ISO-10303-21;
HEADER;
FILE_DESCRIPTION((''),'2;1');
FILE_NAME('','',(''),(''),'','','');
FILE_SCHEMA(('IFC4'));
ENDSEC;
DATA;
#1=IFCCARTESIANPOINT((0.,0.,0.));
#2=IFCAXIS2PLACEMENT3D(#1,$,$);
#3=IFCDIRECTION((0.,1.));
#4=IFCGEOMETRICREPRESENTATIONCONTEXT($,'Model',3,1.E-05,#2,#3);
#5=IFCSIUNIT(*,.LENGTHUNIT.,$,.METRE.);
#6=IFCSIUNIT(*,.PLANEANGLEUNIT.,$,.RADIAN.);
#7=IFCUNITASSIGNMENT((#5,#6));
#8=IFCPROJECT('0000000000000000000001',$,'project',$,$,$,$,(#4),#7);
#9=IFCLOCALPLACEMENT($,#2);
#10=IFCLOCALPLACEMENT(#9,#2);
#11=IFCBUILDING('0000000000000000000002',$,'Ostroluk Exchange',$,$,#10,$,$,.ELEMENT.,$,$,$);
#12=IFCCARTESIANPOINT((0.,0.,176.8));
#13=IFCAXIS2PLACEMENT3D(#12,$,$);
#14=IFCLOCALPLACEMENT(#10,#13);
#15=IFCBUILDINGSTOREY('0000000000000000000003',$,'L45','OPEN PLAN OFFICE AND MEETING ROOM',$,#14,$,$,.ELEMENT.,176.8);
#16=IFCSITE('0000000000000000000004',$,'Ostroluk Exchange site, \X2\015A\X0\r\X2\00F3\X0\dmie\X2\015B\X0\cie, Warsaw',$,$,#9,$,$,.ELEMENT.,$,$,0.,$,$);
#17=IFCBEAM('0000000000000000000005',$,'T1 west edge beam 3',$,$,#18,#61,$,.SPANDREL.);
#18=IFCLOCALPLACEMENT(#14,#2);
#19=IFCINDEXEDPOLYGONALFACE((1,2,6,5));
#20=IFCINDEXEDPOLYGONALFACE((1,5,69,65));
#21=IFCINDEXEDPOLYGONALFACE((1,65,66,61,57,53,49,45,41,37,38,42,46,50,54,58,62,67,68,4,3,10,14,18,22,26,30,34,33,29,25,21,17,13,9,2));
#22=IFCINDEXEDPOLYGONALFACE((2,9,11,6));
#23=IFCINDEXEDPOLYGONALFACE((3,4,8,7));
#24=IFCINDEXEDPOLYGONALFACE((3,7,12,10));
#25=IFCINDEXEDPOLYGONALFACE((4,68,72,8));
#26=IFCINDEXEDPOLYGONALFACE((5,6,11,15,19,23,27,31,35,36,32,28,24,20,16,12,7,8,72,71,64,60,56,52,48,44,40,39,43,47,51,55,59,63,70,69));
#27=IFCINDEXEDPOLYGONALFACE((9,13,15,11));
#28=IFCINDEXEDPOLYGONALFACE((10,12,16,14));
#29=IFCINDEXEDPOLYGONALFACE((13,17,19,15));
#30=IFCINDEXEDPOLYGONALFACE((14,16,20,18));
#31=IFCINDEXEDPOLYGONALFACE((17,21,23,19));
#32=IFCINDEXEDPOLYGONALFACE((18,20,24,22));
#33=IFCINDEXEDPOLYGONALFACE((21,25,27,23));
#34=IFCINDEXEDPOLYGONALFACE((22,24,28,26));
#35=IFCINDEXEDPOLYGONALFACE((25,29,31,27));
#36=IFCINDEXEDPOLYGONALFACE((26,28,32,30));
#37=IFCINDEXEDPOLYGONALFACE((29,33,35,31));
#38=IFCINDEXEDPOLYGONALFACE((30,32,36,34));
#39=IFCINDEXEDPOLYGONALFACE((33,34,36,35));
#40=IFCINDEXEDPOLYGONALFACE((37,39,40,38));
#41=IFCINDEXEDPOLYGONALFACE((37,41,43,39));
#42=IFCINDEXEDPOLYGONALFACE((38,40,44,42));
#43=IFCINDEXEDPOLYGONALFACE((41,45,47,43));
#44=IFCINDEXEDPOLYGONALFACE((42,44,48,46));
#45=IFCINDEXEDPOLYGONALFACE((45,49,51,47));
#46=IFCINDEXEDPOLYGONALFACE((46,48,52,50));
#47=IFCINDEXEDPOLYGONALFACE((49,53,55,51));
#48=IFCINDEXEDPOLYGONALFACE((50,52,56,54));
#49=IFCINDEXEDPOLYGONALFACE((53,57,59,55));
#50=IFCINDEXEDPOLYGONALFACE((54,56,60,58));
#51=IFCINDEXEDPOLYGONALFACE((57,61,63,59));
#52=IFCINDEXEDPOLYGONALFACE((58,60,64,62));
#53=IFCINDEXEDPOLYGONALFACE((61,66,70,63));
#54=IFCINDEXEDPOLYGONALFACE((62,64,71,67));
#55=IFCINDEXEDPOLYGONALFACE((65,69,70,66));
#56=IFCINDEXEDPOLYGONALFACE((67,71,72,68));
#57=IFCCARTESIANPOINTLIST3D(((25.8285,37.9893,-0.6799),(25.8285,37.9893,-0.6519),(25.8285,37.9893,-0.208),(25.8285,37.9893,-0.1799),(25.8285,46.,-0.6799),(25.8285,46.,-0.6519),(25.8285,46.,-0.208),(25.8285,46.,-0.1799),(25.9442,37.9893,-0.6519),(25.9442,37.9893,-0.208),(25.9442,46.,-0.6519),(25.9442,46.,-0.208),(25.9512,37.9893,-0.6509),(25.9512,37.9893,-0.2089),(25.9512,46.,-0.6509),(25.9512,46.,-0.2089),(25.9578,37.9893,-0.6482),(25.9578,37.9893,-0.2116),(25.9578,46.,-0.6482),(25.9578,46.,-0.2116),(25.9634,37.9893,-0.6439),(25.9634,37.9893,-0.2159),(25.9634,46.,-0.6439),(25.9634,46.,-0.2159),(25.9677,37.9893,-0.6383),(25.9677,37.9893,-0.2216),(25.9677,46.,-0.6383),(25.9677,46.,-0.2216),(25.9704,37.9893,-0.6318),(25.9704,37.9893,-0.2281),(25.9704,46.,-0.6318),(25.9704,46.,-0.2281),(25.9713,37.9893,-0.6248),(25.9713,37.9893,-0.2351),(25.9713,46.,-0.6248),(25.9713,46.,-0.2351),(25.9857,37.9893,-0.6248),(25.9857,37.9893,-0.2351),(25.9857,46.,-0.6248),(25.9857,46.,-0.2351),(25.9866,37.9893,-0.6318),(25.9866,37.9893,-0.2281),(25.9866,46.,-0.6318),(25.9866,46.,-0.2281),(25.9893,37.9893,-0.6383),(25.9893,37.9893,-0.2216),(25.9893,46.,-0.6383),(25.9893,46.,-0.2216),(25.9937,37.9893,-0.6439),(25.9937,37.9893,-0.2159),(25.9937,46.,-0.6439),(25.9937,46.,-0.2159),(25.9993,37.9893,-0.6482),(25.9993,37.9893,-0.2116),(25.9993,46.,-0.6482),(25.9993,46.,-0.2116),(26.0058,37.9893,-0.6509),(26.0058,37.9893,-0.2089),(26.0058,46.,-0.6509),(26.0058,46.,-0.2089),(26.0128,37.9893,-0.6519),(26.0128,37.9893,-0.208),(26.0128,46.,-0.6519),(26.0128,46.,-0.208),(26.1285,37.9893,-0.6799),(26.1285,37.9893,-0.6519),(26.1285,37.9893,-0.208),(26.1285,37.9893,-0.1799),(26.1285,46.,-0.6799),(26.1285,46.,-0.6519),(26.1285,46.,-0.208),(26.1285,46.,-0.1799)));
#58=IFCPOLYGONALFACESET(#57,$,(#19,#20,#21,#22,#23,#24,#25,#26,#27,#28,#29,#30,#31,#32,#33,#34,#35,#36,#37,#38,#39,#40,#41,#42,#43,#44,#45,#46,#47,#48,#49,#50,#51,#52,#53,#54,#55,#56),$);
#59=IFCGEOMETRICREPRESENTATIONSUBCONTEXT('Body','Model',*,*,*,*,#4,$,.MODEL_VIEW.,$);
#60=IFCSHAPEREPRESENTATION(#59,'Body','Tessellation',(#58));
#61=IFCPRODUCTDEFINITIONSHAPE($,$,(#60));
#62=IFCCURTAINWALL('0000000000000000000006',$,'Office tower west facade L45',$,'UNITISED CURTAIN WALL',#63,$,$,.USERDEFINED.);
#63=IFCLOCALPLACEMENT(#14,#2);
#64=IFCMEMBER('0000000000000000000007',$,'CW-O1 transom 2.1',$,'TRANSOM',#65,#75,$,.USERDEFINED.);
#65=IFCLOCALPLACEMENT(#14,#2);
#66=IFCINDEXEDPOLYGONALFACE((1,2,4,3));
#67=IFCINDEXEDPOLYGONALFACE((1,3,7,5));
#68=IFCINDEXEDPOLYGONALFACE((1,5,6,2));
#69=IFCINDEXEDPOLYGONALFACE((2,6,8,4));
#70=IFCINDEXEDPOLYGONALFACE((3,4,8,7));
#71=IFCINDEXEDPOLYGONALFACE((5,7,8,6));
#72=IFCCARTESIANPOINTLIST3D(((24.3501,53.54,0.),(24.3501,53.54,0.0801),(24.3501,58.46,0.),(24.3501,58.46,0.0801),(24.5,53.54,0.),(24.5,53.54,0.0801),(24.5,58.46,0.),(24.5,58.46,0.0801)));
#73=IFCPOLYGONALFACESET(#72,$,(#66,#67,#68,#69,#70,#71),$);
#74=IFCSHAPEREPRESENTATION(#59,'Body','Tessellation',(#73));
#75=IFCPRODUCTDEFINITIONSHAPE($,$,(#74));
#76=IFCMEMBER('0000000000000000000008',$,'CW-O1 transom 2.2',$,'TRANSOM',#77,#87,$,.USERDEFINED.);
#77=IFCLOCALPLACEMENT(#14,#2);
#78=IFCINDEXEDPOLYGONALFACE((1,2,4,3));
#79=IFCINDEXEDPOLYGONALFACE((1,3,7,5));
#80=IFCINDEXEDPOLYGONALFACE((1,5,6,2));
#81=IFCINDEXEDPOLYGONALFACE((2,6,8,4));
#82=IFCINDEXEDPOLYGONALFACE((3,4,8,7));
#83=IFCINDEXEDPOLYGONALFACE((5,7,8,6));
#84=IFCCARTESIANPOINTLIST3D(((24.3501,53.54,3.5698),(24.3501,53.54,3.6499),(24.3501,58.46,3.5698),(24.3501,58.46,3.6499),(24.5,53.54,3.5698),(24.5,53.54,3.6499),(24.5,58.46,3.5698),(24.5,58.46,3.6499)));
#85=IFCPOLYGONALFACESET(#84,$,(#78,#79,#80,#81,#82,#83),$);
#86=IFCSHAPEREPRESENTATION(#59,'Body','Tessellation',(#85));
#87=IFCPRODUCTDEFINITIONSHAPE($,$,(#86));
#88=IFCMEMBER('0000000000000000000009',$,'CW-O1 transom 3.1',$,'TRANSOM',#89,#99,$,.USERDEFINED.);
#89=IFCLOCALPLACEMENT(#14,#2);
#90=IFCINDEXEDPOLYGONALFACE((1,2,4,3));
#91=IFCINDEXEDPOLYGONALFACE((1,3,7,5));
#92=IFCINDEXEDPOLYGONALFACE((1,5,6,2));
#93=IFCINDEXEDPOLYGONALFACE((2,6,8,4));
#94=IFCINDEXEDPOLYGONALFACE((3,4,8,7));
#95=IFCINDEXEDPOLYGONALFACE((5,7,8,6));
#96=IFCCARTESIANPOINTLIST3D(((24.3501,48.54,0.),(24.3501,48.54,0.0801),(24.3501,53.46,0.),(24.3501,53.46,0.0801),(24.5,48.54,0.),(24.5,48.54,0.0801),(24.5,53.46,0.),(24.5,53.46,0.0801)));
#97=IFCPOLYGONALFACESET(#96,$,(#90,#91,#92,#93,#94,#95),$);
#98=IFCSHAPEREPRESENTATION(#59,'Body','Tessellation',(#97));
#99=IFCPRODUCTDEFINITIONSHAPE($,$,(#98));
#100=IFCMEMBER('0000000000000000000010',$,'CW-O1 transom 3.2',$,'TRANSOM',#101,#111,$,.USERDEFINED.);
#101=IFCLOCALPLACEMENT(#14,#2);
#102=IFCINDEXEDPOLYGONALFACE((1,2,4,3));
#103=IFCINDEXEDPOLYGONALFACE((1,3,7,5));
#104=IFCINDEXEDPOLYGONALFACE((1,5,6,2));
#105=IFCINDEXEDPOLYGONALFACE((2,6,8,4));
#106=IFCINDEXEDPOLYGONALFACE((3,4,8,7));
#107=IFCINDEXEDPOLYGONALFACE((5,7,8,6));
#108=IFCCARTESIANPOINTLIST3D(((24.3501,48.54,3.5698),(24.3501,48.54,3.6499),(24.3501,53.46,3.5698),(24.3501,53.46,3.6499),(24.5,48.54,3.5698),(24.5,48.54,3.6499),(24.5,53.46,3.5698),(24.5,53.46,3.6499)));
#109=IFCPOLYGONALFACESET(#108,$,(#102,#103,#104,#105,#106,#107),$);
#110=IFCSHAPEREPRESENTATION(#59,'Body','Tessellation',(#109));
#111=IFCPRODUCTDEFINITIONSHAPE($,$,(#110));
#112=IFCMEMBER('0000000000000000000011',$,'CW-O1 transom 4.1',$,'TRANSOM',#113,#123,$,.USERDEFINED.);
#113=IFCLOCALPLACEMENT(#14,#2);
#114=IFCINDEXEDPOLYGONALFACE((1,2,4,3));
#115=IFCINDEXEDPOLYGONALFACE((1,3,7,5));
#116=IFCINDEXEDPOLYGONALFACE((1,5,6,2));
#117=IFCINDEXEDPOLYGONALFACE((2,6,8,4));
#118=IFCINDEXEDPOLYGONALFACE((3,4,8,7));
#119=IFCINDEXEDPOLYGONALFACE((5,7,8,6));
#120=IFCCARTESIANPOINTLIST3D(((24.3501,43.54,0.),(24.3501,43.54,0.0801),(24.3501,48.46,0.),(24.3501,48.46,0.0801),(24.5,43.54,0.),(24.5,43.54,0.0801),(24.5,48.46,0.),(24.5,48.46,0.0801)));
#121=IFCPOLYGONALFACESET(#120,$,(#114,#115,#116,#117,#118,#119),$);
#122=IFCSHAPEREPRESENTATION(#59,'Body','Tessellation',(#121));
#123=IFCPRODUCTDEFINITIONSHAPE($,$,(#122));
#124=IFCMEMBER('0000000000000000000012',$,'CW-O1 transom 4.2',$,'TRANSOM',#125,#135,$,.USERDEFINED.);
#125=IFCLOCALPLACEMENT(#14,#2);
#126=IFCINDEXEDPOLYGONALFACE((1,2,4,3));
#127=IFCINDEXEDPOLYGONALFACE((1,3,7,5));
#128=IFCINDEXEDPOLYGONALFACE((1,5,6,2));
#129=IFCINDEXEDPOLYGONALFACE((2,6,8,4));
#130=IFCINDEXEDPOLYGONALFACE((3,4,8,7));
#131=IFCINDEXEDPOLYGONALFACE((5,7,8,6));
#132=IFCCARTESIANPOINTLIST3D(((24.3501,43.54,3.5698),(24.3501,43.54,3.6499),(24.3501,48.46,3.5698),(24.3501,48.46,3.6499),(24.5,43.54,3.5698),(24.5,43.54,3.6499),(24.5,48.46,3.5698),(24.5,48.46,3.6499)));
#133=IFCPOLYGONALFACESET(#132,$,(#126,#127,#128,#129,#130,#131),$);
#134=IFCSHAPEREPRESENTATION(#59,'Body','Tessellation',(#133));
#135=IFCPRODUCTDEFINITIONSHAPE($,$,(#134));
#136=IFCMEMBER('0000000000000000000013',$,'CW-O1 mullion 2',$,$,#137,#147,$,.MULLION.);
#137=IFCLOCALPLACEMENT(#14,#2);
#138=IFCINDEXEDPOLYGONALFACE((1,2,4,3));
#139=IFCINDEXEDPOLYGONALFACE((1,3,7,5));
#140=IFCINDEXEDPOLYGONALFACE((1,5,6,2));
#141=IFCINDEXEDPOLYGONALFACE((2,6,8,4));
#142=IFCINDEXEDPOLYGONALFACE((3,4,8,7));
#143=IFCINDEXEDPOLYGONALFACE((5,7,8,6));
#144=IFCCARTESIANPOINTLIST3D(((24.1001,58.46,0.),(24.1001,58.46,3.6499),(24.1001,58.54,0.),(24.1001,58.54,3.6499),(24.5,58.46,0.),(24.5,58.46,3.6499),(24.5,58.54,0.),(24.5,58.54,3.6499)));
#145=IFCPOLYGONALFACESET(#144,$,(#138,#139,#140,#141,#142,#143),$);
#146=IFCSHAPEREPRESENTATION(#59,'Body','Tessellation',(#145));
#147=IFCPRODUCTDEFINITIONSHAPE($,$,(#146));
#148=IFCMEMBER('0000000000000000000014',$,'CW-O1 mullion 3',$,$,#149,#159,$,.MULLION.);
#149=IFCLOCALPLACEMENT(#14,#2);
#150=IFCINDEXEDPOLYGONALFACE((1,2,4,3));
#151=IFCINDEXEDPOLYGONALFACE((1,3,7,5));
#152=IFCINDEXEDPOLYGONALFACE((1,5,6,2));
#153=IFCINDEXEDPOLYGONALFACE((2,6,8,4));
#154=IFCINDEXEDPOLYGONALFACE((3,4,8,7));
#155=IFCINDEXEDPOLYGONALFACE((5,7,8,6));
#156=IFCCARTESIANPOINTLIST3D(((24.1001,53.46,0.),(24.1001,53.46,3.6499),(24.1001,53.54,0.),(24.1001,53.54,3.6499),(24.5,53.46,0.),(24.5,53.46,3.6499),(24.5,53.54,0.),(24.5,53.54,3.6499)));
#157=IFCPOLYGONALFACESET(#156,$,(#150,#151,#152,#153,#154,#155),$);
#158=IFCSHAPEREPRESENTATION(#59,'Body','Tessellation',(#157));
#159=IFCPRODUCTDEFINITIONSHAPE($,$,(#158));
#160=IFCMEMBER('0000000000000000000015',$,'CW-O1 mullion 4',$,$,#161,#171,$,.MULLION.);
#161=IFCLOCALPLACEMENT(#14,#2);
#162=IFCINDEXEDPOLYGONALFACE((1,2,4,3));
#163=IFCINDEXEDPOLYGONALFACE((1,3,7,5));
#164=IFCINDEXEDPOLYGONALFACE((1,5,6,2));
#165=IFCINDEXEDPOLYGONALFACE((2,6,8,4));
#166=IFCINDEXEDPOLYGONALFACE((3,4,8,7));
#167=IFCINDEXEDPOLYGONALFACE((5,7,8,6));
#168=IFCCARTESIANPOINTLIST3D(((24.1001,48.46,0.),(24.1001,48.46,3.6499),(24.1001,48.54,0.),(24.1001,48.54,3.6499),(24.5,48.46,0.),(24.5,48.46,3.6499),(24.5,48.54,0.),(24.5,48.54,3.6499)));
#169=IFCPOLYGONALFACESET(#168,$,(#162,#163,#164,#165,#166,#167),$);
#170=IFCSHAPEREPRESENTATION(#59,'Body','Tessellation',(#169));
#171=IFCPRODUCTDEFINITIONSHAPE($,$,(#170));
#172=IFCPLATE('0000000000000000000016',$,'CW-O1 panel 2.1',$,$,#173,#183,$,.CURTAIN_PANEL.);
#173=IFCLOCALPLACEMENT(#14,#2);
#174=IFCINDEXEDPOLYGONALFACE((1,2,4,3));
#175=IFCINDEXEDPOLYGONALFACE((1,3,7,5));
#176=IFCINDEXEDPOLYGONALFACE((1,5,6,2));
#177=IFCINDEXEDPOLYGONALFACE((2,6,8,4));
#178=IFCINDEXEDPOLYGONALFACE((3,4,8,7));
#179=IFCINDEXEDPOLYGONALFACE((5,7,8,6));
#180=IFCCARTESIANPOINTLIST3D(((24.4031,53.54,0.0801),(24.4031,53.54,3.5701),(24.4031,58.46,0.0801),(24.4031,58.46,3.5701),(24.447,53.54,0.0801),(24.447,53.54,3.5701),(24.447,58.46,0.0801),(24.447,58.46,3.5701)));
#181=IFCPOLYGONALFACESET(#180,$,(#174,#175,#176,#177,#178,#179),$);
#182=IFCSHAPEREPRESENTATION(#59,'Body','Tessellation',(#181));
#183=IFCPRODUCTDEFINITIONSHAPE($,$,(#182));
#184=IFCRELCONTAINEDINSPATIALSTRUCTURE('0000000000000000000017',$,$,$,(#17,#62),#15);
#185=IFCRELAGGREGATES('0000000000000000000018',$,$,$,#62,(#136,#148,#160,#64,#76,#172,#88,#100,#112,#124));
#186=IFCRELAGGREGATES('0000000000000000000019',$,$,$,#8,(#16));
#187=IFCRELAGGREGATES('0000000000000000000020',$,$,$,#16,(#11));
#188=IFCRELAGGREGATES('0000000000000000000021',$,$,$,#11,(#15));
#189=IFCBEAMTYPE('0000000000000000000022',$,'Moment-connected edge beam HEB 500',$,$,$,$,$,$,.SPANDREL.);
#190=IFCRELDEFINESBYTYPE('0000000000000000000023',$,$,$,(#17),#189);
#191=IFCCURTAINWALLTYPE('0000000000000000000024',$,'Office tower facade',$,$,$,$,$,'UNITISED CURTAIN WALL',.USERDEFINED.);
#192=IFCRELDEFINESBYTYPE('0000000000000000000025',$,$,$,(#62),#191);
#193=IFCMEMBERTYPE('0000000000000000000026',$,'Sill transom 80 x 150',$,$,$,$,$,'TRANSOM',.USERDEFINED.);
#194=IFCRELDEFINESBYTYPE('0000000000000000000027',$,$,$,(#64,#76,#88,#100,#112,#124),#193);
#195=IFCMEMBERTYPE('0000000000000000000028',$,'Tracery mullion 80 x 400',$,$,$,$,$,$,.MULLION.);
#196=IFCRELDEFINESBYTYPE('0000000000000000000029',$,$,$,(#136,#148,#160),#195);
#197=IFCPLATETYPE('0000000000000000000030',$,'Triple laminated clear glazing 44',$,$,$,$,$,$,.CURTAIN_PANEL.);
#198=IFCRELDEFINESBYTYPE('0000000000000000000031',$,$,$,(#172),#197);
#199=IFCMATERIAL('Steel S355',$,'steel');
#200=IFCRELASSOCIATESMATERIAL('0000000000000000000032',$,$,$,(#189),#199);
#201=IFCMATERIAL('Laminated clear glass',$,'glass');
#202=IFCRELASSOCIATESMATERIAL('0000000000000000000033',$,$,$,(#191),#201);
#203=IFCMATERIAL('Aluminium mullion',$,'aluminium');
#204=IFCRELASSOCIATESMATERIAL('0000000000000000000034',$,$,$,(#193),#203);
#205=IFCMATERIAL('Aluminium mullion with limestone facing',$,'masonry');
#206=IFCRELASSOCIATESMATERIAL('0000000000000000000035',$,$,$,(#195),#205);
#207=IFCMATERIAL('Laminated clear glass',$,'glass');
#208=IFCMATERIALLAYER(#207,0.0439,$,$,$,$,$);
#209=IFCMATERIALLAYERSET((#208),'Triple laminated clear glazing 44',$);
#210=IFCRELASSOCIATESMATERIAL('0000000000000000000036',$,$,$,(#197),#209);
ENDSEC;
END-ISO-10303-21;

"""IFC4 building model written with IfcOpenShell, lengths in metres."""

from ifc_helpers import new_model, si_unit, direction, frame, origin, origin_2d, place, context, subcontext, project, spatial, rectangle, i_section, extrude, material, layer, layer_set, material_profile, profile_set, type_object, element, aggregate, save


model = new_model("IFC4")

# Units and contexts
model_context = context("Model", 3, precision=1e-05, world=origin(), true_north=direction((0.0, 1.0)))
body_context = subcontext(model_context, "Body", "Model", "MODEL_VIEW")
ifc_project = project(units=[si_unit("LENGTHUNIT", "METRE"), si_unit("PLANEANGLEUNIT", "RADIAN")], contexts=[model_context])

# Site, building, storey
site_placement = place(None, origin())
site = spatial("IfcSite", under=ifc_project, at=site_placement, Name="Ostroluk Exchange site, Śródmieście, Warsaw", CompositionType="ELEMENT", RefElevation=0.0)
building_placement = place(site_placement, origin())
building = spatial("IfcBuilding", under=site, at=building_placement, Name="Ostroluk Exchange", CompositionType="ELEMENT")
storey_placement = place(building_placement, frame((0.0, 0.0, 176.8)))
storey = spatial("IfcBuildingStorey", under=building, at=storey_placement, Name="L45", Description="OPEN PLAN OFFICE AND MEETING ROOM", CompositionType="ELEMENT", Elevation=176.8)

# Beam
ifc_material_1 = material(Name="Steel S355", Category="steel")
ifc_material_profile_1 = material_profile(ifc_material_1, i_section(OverallWidth=0.3, OverallDepth=0.5, WebThickness=0.0144, FlangeThickness=0.0281, FilletRadius=0.0271, at=origin_2d()), Name="HEB 500")
ifc_profile_set_1 = profile_set([ifc_material_profile_1], Name="Steel S355")
beam_type = type_object("IfcBeamType", Name="Moment-connected edge beam HEB 500", PredefinedType="SPANDREL", material=ifc_profile_set_1)
for number, where, z_axis, x_axis, name in (
    (1, (25.9785, 46.0, -0.4299), (0.0, -1.0, 0.0), (1.0, 0.0, 0.0), "T1 west edge beam 3"),
):
    element("IfcBeam", number, at=place(storey_placement, frame(where, z_axis=z_axis, x_axis=x_axis)), inside=storey, type_object=beam_type, Name=name, PredefinedType="SPANDREL", context=body_context, shape_type="SweptSolid", body=[
        extrude(i_section(OverallWidth=0.3, OverallDepth=0.5, WebThickness=0.0144, FlangeThickness=0.0281, FilletRadius=0.0271, at=origin_2d()), origin(), (0.0, 0.0, 1.0), 8.0107),
    ])

# Curtain wall, members, plate
ifc_material_2 = material(Name="Laminated clear glass", Category="glass")
curtain_wall_type = type_object("IfcCurtainWallType", Name="Office tower facade", ElementType="UNITISED CURTAIN WALL", PredefinedType="USERDEFINED", material=ifc_material_2)
curtain_wall_placement = place(storey_placement, origin())
curtain_wall = element("IfcCurtainWall", 2, at=curtain_wall_placement, inside=storey, type_object=curtain_wall_type, Name="Office tower west facade L45", ObjectType="UNITISED CURTAIN WALL", PredefinedType="USERDEFINED")
ifc_material_3 = material(Name="Aluminium mullion", Category="aluminium")
ifc_material_profile_2 = material_profile(ifc_material_3, rectangle(XDim=0.1499, YDim=0.0801, at=origin_2d()), Name="Sill transom 80 x 150")
ifc_profile_set_2 = profile_set([ifc_material_profile_2], Name="Aluminium mullion")
member_type_1 = type_object("IfcMemberType", Name="Sill transom 80 x 150", ElementType="TRANSOM", PredefinedType="USERDEFINED", material=ifc_profile_set_2)
member_1_placement = place(storey_placement, frame((24.425, 58.46, 0.04), z_axis=(0.0, -1.0, 0.0), x_axis=(1.0, 0.0, 0.0)))
member_1 = element("IfcMember", 3, at=member_1_placement, type_object=member_type_1, Name="CW-O1 transom 2.1", ObjectType="TRANSOM", PredefinedType="USERDEFINED", context=body_context, shape_type="SweptSolid", body=[
    extrude(rectangle(XDim=0.1499, YDim=0.0801, at=origin_2d()), origin(), (0.0, 0.0, 1.0), 4.9199),
])
member_2_placement = place(storey_placement, frame((24.425, 58.46, 3.6099), z_axis=(0.0, -1.0, 0.0), x_axis=(1.0, 0.0, 0.0)))
member_2 = element("IfcMember", 4, at=member_2_placement, type_object=member_type_1, Name="CW-O1 transom 2.2", ObjectType="TRANSOM", PredefinedType="USERDEFINED", context=body_context, shape_type="SweptSolid", body=[
    extrude(rectangle(XDim=0.1499, YDim=0.0801, at=origin_2d()), origin(), (0.0, 0.0, 1.0), 4.9199),
])
member_3_placement = place(storey_placement, frame((24.425, 53.46, 0.04), z_axis=(0.0, -1.0, 0.0), x_axis=(1.0, 0.0, 0.0)))
member_3 = element("IfcMember", 5, at=member_3_placement, type_object=member_type_1, Name="CW-O1 transom 3.1", ObjectType="TRANSOM", PredefinedType="USERDEFINED", context=body_context, shape_type="SweptSolid", body=[
    extrude(rectangle(XDim=0.1499, YDim=0.0801, at=origin_2d()), origin(), (0.0, 0.0, 1.0), 4.9199),
])
member_4_placement = place(storey_placement, frame((24.425, 53.46, 3.6099), z_axis=(0.0, -1.0, 0.0), x_axis=(1.0, 0.0, 0.0)))
member_4 = element("IfcMember", 6, at=member_4_placement, type_object=member_type_1, Name="CW-O1 transom 3.2", ObjectType="TRANSOM", PredefinedType="USERDEFINED", context=body_context, shape_type="SweptSolid", body=[
    extrude(rectangle(XDim=0.1499, YDim=0.0801, at=origin_2d()), origin(), (0.0, 0.0, 1.0), 4.9199),
])
member_5_placement = place(storey_placement, frame((24.425, 48.46, 0.04), z_axis=(0.0, -1.0, 0.0), x_axis=(1.0, 0.0, 0.0)))
member_5 = element("IfcMember", 7, at=member_5_placement, type_object=member_type_1, Name="CW-O1 transom 4.1", ObjectType="TRANSOM", PredefinedType="USERDEFINED", context=body_context, shape_type="SweptSolid", body=[
    extrude(rectangle(XDim=0.1499, YDim=0.0801, at=origin_2d()), origin(), (0.0, 0.0, 1.0), 4.9199),
])
member_6_placement = place(storey_placement, frame((24.425, 48.46, 3.6099), z_axis=(0.0, -1.0, 0.0), x_axis=(1.0, 0.0, 0.0)))
member_6 = element("IfcMember", 8, at=member_6_placement, type_object=member_type_1, Name="CW-O1 transom 4.2", ObjectType="TRANSOM", PredefinedType="USERDEFINED", context=body_context, shape_type="SweptSolid", body=[
    extrude(rectangle(XDim=0.1499, YDim=0.0801, at=origin_2d()), origin(), (0.0, 0.0, 1.0), 4.9199),
])
ifc_material_4 = material(Name="Aluminium mullion with limestone facing", Category="masonry")
ifc_material_profile_3 = material_profile(ifc_material_4, rectangle(XDim=0.3999, YDim=0.0801, at=origin_2d()), Name="Tracery mullion 80 x 400")
ifc_profile_set_3 = profile_set([ifc_material_profile_3], Name="Aluminium mullion with limestone facing")
member_type_2 = type_object("IfcMemberType", Name="Tracery mullion 80 x 400", PredefinedType="MULLION", material=ifc_profile_set_3)
member_7_placement = place(storey_placement, frame((24.3, 58.5, 0.0), z_axis=(0.0, 0.0, 1.0), x_axis=(1.0, 0.0, 0.0)))
member_7 = element("IfcMember", 9, at=member_7_placement, type_object=member_type_2, Name="CW-O1 mullion 2", PredefinedType="MULLION", context=body_context, shape_type="SweptSolid", body=[
    extrude(rectangle(XDim=0.3999, YDim=0.0801, at=origin_2d()), origin(), (0.0, 0.0, 1.0), 3.6499),
])
member_8_placement = place(storey_placement, frame((24.3, 53.5, 0.0), z_axis=(0.0, 0.0, 1.0), x_axis=(1.0, 0.0, 0.0)))
member_8 = element("IfcMember", 10, at=member_8_placement, type_object=member_type_2, Name="CW-O1 mullion 3", PredefinedType="MULLION", context=body_context, shape_type="SweptSolid", body=[
    extrude(rectangle(XDim=0.3999, YDim=0.0801, at=origin_2d()), origin(), (0.0, 0.0, 1.0), 3.6499),
])
member_9_placement = place(storey_placement, frame((24.3, 48.5, 0.0), z_axis=(0.0, 0.0, 1.0), x_axis=(1.0, 0.0, 0.0)))
member_9 = element("IfcMember", 11, at=member_9_placement, type_object=member_type_2, Name="CW-O1 mullion 4", PredefinedType="MULLION", context=body_context, shape_type="SweptSolid", body=[
    extrude(rectangle(XDim=0.3999, YDim=0.0801, at=origin_2d()), origin(), (0.0, 0.0, 1.0), 3.6499),
])
ifc_material_5 = material(Name="Laminated clear glass", Category="glass")
ifc_layer_1 = layer(ifc_material_5, 0.0439)
ifc_layer_set_1 = layer_set([ifc_layer_1], Name="Triple laminated clear glazing 44")
plate_type = type_object("IfcPlateType", Name="Triple laminated clear glazing 44", PredefinedType="CURTAIN_PANEL", material=ifc_layer_set_1)
plate_1_placement = place(storey_placement, frame((24.425, 56.0, 0.0801), z_axis=(0.0, 0.0, 1.0), x_axis=(0.0, -1.0, 0.0)))
plate_1 = element("IfcPlate", 12, at=plate_1_placement, type_object=plate_type, Name="CW-O1 panel 2.1", PredefinedType="CURTAIN_PANEL", context=body_context, shape_type="SweptSolid", body=[
    extrude(rectangle(XDim=4.9199, YDim=0.0439, at=origin_2d()), origin(), (0.0, 0.0, 1.0), 3.49),
])
aggregate(curtain_wall, [member_7, member_8, member_9, member_1, member_2, plate_1, member_3, member_4, member_5, member_6])

save(model, "model.ifc")
